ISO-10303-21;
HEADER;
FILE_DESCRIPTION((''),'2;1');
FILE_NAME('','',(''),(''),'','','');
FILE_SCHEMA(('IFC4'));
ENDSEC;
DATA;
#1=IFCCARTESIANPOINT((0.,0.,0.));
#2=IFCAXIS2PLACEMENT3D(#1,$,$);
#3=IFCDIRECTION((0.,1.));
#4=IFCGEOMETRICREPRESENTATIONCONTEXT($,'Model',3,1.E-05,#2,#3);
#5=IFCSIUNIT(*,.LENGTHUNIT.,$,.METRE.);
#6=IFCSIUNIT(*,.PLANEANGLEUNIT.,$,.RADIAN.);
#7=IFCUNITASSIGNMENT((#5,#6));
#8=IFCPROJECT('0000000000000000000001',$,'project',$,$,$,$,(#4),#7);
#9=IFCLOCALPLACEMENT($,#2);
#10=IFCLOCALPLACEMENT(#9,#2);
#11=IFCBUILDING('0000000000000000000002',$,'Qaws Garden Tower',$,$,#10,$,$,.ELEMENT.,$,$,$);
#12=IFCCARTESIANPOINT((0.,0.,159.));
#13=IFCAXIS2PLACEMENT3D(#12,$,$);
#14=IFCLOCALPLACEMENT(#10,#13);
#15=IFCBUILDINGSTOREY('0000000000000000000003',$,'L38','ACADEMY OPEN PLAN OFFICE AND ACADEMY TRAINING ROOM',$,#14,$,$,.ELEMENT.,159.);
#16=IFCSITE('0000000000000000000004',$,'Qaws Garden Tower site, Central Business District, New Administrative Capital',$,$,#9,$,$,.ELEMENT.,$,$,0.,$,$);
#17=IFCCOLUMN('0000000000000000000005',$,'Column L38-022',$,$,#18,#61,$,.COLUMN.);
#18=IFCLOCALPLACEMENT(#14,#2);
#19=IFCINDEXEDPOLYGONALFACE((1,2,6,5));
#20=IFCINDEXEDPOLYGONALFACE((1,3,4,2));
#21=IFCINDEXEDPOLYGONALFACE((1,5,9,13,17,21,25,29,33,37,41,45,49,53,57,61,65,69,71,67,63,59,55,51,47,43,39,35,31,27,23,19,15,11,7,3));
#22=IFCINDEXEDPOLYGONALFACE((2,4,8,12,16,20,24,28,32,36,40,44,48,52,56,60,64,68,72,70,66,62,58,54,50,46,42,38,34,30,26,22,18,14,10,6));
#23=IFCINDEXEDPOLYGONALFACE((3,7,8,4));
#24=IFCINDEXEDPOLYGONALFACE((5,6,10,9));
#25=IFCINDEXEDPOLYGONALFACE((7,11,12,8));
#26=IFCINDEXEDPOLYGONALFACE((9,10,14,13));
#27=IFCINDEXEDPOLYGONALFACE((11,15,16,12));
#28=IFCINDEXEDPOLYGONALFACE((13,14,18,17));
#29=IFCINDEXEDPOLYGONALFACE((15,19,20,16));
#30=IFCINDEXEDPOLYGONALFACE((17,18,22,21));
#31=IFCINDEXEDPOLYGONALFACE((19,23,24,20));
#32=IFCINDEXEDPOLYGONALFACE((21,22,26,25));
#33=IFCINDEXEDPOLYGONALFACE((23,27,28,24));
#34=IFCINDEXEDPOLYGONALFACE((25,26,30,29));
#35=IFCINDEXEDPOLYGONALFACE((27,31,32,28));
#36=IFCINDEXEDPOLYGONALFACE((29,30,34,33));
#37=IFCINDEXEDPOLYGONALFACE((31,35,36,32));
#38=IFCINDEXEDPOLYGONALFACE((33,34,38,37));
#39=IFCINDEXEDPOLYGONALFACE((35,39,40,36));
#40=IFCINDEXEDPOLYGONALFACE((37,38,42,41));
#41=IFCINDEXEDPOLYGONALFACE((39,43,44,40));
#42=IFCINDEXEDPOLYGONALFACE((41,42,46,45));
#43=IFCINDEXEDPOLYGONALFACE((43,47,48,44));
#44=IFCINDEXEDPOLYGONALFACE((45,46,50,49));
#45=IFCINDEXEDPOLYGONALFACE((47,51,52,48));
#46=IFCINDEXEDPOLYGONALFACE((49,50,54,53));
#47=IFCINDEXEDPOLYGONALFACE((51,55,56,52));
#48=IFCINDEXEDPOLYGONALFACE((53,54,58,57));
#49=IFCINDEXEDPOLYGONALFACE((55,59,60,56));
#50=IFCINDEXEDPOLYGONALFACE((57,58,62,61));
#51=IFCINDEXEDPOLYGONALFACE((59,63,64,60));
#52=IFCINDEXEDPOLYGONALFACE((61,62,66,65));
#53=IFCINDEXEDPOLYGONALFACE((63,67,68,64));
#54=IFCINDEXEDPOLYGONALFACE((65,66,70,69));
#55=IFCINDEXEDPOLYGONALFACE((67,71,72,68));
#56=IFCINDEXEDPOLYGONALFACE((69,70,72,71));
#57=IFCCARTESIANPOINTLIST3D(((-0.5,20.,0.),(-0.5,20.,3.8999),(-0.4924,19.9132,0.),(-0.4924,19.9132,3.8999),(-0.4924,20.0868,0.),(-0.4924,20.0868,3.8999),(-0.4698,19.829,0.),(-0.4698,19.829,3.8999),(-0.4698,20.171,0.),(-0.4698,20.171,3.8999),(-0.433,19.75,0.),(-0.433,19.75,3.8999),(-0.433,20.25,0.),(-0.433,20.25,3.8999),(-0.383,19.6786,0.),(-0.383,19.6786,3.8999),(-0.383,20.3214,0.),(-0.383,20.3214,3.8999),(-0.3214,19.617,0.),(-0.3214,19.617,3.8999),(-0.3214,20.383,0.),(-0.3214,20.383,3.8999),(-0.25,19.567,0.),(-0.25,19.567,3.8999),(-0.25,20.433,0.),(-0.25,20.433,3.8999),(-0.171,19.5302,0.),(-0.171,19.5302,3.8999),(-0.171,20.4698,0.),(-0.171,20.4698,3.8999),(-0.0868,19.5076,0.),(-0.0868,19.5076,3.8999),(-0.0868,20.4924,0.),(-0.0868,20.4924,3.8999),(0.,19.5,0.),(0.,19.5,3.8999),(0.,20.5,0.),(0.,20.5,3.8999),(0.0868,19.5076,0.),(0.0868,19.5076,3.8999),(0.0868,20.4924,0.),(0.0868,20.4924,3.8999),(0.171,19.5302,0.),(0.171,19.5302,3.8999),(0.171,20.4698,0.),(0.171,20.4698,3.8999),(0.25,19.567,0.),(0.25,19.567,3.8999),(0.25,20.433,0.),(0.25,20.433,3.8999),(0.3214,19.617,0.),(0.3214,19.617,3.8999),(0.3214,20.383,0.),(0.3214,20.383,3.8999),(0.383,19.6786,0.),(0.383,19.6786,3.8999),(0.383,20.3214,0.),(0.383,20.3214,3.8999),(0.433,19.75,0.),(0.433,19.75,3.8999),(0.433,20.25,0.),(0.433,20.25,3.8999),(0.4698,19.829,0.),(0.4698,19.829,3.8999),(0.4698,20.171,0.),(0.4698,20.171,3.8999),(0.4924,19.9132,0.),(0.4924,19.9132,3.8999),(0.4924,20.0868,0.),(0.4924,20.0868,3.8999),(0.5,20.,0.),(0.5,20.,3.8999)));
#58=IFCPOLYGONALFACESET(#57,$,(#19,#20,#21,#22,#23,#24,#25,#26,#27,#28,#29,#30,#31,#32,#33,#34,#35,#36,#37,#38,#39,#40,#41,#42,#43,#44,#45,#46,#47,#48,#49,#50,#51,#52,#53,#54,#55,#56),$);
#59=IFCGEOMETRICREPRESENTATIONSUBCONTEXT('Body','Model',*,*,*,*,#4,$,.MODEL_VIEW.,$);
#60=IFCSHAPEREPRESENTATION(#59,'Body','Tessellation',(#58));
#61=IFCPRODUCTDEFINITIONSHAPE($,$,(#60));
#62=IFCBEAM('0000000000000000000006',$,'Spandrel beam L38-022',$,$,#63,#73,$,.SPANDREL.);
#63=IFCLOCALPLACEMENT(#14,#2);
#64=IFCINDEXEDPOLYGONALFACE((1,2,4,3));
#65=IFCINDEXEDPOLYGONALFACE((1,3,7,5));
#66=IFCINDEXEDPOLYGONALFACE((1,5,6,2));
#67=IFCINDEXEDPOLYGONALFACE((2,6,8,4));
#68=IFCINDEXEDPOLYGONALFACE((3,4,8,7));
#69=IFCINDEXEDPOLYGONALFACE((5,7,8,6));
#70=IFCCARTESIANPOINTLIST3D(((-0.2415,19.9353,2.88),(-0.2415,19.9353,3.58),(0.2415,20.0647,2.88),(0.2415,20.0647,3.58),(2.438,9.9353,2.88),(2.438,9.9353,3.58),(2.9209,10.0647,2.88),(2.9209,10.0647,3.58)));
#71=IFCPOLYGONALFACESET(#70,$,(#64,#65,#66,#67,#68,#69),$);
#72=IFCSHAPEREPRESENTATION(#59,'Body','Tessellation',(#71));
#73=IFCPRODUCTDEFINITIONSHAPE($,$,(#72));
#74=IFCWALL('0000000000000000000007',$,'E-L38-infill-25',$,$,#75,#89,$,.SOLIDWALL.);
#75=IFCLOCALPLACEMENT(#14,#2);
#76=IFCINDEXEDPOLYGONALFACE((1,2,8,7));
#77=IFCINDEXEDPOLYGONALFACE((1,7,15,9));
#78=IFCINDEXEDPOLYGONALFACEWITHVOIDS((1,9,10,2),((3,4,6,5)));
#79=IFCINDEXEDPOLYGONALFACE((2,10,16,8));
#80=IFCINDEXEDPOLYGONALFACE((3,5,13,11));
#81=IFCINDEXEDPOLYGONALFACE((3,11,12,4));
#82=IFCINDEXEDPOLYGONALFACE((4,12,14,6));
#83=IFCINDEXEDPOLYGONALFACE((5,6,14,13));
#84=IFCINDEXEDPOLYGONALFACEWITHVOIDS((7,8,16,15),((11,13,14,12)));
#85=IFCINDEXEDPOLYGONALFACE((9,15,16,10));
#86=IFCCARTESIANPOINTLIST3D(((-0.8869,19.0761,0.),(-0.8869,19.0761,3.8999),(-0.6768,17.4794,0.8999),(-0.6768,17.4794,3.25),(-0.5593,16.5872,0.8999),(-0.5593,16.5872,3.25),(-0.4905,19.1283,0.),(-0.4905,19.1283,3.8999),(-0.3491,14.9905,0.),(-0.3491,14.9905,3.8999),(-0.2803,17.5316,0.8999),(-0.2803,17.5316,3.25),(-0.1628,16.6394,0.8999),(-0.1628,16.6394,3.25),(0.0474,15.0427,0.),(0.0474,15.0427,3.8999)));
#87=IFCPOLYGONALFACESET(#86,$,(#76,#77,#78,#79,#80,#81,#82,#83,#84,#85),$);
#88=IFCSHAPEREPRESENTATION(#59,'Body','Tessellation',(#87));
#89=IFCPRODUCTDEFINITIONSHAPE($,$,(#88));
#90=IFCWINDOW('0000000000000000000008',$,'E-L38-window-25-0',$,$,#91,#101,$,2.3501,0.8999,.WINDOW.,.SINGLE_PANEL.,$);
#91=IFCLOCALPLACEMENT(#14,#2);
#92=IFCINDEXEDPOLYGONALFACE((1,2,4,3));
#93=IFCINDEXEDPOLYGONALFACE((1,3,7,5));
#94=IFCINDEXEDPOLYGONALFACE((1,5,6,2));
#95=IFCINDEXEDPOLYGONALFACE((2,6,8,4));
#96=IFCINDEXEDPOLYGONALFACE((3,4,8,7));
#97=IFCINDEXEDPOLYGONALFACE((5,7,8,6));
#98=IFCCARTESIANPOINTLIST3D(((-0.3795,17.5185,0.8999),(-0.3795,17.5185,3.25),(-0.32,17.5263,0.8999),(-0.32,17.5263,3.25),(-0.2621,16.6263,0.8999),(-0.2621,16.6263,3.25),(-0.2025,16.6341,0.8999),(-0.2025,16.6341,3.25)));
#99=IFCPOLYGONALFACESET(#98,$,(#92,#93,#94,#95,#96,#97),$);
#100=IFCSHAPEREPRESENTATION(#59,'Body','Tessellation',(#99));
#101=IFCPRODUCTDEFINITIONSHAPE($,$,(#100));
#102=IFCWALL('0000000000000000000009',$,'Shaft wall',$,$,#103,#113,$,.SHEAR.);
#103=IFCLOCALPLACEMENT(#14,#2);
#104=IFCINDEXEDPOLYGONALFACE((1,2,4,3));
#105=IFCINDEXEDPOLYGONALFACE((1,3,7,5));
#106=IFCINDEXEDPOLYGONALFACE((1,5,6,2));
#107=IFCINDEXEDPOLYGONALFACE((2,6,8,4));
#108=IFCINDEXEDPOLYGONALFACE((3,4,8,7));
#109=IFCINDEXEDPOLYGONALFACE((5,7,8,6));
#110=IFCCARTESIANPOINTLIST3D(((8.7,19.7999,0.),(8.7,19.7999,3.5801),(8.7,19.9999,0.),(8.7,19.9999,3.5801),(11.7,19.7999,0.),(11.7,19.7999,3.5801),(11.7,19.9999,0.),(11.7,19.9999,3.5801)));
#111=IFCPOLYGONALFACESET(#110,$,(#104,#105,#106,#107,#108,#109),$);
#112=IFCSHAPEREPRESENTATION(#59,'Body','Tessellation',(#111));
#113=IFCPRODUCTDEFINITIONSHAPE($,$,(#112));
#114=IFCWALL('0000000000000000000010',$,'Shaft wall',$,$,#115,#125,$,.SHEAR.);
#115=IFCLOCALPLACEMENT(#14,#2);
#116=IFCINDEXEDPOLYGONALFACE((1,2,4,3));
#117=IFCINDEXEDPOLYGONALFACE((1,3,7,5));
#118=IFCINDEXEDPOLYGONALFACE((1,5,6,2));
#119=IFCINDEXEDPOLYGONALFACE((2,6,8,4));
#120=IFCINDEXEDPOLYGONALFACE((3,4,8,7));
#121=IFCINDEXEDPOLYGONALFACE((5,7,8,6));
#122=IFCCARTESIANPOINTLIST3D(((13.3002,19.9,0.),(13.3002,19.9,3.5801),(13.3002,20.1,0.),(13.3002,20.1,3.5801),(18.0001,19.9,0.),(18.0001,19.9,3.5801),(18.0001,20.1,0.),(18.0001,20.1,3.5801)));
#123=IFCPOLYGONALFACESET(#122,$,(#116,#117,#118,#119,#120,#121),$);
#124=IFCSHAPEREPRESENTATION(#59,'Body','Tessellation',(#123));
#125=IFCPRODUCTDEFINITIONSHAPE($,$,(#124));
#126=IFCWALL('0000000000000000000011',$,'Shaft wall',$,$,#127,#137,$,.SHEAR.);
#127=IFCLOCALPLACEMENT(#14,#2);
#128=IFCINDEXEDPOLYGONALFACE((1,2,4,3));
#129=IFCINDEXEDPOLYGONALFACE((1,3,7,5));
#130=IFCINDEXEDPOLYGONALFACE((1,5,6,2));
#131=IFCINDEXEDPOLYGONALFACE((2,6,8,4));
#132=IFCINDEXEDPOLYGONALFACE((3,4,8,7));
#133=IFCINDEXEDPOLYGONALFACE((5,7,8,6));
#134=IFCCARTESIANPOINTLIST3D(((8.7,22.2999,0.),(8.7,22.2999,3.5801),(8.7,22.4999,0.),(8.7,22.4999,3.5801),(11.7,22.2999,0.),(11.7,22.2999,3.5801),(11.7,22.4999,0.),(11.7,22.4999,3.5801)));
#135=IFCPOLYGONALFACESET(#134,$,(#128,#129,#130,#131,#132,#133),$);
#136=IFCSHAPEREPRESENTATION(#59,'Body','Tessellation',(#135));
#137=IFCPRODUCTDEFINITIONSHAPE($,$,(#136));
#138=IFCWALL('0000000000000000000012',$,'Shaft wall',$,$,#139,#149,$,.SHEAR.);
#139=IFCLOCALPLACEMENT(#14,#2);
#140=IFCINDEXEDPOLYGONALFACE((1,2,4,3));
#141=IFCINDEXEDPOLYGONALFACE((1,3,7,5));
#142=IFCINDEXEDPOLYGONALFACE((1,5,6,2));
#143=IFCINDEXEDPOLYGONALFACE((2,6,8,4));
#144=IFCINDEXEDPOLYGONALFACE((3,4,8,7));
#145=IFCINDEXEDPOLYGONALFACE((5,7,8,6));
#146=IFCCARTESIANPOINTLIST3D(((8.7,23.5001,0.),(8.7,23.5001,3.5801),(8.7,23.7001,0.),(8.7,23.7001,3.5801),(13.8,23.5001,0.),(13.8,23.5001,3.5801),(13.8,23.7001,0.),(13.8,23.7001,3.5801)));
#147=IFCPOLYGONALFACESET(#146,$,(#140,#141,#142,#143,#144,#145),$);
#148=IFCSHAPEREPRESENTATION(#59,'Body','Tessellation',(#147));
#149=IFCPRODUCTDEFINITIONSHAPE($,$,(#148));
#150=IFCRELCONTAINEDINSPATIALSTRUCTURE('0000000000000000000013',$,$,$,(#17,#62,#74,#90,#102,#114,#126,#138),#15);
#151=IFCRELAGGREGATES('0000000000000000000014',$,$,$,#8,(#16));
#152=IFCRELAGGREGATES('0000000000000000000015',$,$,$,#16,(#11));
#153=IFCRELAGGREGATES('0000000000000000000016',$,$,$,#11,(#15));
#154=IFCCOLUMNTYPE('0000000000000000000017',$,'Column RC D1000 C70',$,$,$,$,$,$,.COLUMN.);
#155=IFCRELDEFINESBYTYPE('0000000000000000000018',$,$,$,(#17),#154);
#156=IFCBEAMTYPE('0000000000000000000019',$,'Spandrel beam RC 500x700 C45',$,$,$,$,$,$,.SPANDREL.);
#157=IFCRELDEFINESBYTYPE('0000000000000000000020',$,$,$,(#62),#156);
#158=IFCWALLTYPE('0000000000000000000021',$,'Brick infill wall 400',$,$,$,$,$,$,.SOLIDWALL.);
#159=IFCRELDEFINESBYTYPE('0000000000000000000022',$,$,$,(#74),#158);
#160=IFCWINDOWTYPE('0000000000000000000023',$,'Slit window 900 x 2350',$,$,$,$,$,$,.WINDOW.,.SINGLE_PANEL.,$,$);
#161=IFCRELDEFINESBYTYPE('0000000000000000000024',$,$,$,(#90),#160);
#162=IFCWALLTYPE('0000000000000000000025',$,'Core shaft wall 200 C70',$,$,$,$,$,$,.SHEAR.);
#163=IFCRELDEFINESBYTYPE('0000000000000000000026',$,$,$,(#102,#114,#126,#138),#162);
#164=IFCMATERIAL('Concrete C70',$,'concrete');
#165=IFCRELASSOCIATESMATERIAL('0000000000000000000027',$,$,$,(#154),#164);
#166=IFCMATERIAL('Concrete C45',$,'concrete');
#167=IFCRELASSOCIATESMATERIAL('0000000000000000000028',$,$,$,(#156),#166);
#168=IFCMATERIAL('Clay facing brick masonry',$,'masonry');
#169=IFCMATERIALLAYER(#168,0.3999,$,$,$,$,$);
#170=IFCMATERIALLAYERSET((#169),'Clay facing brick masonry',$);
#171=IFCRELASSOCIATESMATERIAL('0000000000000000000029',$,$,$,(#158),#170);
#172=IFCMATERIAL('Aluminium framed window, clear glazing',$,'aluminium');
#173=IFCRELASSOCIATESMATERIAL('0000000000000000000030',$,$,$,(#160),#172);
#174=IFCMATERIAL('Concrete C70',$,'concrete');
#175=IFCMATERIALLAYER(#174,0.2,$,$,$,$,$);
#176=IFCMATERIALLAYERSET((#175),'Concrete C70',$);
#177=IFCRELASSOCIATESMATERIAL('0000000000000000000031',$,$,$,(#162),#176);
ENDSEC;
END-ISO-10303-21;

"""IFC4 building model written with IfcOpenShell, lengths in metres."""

from ifc_helpers import new_model, si_unit, direction, frame, frame_2d, origin, origin_2d, place, context, subcontext, project, spatial, rectangle, circle, extrude, material, layer, layer_set, material_profile, profile_set, type_object, element, fill, save


model = new_model("IFC4")

# Units and contexts
model_context = context("Model", 3, precision=1e-05, world=origin(), true_north=direction((0.0, 1.0)))
body_context = subcontext(model_context, "Body", "Model", "MODEL_VIEW")
ifc_project = project(units=[si_unit("LENGTHUNIT", "METRE"), si_unit("PLANEANGLEUNIT", "RADIAN")], contexts=[model_context])

# Site, building, storey
site_placement = place(None, origin())
site = spatial("IfcSite", under=ifc_project, at=site_placement, Name="Qaws Garden Tower site, Central Business District, New Administrative Capital", CompositionType="ELEMENT", RefElevation=0.0)
building_placement = place(site_placement, origin())
building = spatial("IfcBuilding", under=site, at=building_placement, Name="Qaws Garden Tower", CompositionType="ELEMENT")
storey_placement = place(building_placement, frame((0.0, 0.0, 159.0)))
storey = spatial("IfcBuildingStorey", under=building, at=storey_placement, Name="L38", Description="ACADEMY OPEN PLAN OFFICE AND ACADEMY TRAINING ROOM", CompositionType="ELEMENT", Elevation=159.0)

# Column
ifc_material_1 = material(Name="Concrete C70", Category="concrete")
ifc_material_profile_1 = material_profile(ifc_material_1, circle(Radius=0.5, at=origin_2d()), Name="RC D1000")
ifc_profile_set_1 = profile_set([ifc_material_profile_1], Name="Concrete C70")
column_type = type_object("IfcColumnType", Name="Column RC D1000 C70", PredefinedType="COLUMN", material=ifc_profile_set_1)
column_placement = place(storey_placement, frame((0.0, 20.0, 0.0), z_axis=(0.0, 0.0, 1.0), x_axis=(1.0, 0.0, 0.0)))
element("IfcColumn", 1, at=column_placement, inside=storey, type_object=column_type, Name="Column L38-022", PredefinedType="COLUMN", context=body_context, shape_type="SweptSolid", body=[
    extrude(circle(Radius=0.5, at=origin_2d()), origin(), (0.0, 0.0, 1.0), 3.8999),
])

# Beam
ifc_material_2 = material(Name="Concrete C45", Category="concrete")
ifc_material_profile_2 = material_profile(ifc_material_2, rectangle(XDim=0.5, YDim=0.7, at=origin_2d()), Name="RC 500x700")
ifc_profile_set_2 = profile_set([ifc_material_profile_2], Name="Concrete C45")
beam_type = type_object("IfcBeamType", Name="Spandrel beam RC 500x700 C45", PredefinedType="SPANDREL", material=ifc_profile_set_2)
beam_placement = place(storey_placement, frame((0.0, 20.0, 3.23), z_axis=(0.258815, -0.965927, 0.0), x_axis=(0.965927, 0.258815, 0.0)))
element("IfcBeam", 2, at=beam_placement, inside=storey, type_object=beam_type, Name="Spandrel beam L38-022", PredefinedType="SPANDREL", context=body_context, shape_type="SweptSolid", body=[
    extrude(rectangle(XDim=0.5, YDim=0.7, at=origin_2d()), origin(), (0.0, 0.0, 1.0), 10.3528),
])

# Wall, opening, window
ifc_material_3 = material(Name="Clay facing brick masonry", Category="masonry")
ifc_layer_1 = layer(ifc_material_3, 0.3999)
ifc_layer_set_1 = layer_set([ifc_layer_1], Name="Clay facing brick masonry")
wall_type_1 = type_object("IfcWallType", Name="Brick infill wall 400", PredefinedType="SOLIDWALL", material=ifc_layer_set_1)
wall_1_placement = place(storey_placement, frame((-0.6887, 19.1023, 0.0), z_axis=(0.0, 0.0, 1.0), x_axis=(0.130514, -0.991446, 0.0)))
wall_1 = element("IfcWall", 3, at=wall_1_placement, inside=storey, type_object=wall_type_1, Name="E-L38-infill-25", PredefinedType="SOLIDWALL", context=body_context, shape_type="SweptSolid", body=[
    extrude(rectangle(XDim=4.1208, YDim=0.3999, at=frame_2d((2.0605, 0.0))), origin(), (0.0, 0.0, 1.0), 3.8999),
])
opening_1_placement = place(wall_1_placement, frame((1.6106, 0.0, 0.8999)))
opening_1 = element("IfcOpeningElement", 4, at=opening_1_placement, cuts=wall_1, PredefinedType="OPENING", context=body_context, shape_type="SweptSolid", body=[
    extrude(rectangle(XDim=0.8999, YDim=2.3501, at=frame_2d((0.45, 1.175))), frame((0.0, 0.21, 0.0), z_axis=(0.0, -1.0, 0.0), x_axis=(1.0, 0.0, 0.0)), (0.0, 0.0, 1.0), 0.4199),
])
ifc_material_4 = material(Name="Aluminium framed window, clear glazing", Category="aluminium")
window_type = type_object("IfcWindowType", Name="Slit window 900 x 2350", PartitioningType="SINGLE_PANEL", PredefinedType="WINDOW", material=ifc_material_4)
window_placement = place(opening_1_placement, origin())
window = element("IfcWindow", 5, at=window_placement, inside=storey, type_object=window_type, Name="E-L38-window-25-0", OverallHeight=2.3501, OverallWidth=0.8999, PartitioningType="SINGLE_PANEL", PredefinedType="WINDOW", context=body_context, shape_type="SweptSolid", body=[
    extrude(rectangle(XDim=0.8999, YDim=2.3501, at=frame_2d((0.45, 1.175))), frame((0.0, 0.1599, 0.0), z_axis=(0.0, -1.0, 0.0), x_axis=(1.0, 0.0, 0.0)), (0.0, 0.0, 1.0), 0.0601),
])
fill(opening_1, window)

# Walls
ifc_material_5 = material(Name="Concrete C70", Category="concrete")
ifc_layer_2 = layer(ifc_material_5, 0.2)
ifc_layer_set_2 = layer_set([ifc_layer_2], Name="Concrete C70")
wall_type_2 = type_object("IfcWallType", Name="Core shaft wall 200 C70", PredefinedType="SHEAR", material=ifc_layer_set_2)
wall_2_placement = place(storey_placement, frame((8.7, 19.8999, 0.0), z_axis=(0.0, 0.0, 1.0), x_axis=(1.0, 0.0, 0.0)))
element("IfcWall", 6, at=wall_2_placement, inside=storey, type_object=wall_type_2, Name="Shaft wall", PredefinedType="SHEAR", context=body_context, shape_type="SweptSolid", body=[
    extrude(rectangle(XDim=3.0, YDim=0.2, at=frame_2d((1.5, 0.0))), origin(), (0.0, 0.0, 1.0), 3.5801),
])
wall_3_placement = place(storey_placement, frame((13.3, 20.0, 0.0), z_axis=(0.0, 0.0, 1.0), x_axis=(1.0, 0.0, 0.0)))
element("IfcWall", 7, at=wall_3_placement, inside=storey, type_object=wall_type_2, Name="Shaft wall", PredefinedType="SHEAR", context=body_context, shape_type="SweptSolid", body=[
    extrude(rectangle(XDim=4.7, YDim=0.2, at=frame_2d((2.3501, 0.0))), origin(), (0.0, 0.0, 1.0), 3.5801),
])
wall_4_placement = place(storey_placement, frame((8.7, 22.3999, 0.0), z_axis=(0.0, 0.0, 1.0), x_axis=(1.0, 0.0, 0.0)))
element("IfcWall", 8, at=wall_4_placement, inside=storey, type_object=wall_type_2, Name="Shaft wall", PredefinedType="SHEAR", context=body_context, shape_type="SweptSolid", body=[
    extrude(rectangle(XDim=3.0, YDim=0.2, at=frame_2d((1.5, 0.0))), origin(), (0.0, 0.0, 1.0), 3.5801),
])
wall_5_placement = place(storey_placement, frame((8.7, 23.6001, 0.0), z_axis=(0.0, 0.0, 1.0), x_axis=(1.0, 0.0, 0.0)))
element("IfcWall", 9, at=wall_5_placement, inside=storey, type_object=wall_type_2, Name="Shaft wall", PredefinedType="SHEAR", context=body_context, shape_type="SweptSolid", body=[
    extrude(rectangle(XDim=5.1001, YDim=0.2, at=frame_2d((2.55, 0.0))), origin(), (0.0, 0.0, 1.0), 3.5801),
])

save(model, "model.ifc")
